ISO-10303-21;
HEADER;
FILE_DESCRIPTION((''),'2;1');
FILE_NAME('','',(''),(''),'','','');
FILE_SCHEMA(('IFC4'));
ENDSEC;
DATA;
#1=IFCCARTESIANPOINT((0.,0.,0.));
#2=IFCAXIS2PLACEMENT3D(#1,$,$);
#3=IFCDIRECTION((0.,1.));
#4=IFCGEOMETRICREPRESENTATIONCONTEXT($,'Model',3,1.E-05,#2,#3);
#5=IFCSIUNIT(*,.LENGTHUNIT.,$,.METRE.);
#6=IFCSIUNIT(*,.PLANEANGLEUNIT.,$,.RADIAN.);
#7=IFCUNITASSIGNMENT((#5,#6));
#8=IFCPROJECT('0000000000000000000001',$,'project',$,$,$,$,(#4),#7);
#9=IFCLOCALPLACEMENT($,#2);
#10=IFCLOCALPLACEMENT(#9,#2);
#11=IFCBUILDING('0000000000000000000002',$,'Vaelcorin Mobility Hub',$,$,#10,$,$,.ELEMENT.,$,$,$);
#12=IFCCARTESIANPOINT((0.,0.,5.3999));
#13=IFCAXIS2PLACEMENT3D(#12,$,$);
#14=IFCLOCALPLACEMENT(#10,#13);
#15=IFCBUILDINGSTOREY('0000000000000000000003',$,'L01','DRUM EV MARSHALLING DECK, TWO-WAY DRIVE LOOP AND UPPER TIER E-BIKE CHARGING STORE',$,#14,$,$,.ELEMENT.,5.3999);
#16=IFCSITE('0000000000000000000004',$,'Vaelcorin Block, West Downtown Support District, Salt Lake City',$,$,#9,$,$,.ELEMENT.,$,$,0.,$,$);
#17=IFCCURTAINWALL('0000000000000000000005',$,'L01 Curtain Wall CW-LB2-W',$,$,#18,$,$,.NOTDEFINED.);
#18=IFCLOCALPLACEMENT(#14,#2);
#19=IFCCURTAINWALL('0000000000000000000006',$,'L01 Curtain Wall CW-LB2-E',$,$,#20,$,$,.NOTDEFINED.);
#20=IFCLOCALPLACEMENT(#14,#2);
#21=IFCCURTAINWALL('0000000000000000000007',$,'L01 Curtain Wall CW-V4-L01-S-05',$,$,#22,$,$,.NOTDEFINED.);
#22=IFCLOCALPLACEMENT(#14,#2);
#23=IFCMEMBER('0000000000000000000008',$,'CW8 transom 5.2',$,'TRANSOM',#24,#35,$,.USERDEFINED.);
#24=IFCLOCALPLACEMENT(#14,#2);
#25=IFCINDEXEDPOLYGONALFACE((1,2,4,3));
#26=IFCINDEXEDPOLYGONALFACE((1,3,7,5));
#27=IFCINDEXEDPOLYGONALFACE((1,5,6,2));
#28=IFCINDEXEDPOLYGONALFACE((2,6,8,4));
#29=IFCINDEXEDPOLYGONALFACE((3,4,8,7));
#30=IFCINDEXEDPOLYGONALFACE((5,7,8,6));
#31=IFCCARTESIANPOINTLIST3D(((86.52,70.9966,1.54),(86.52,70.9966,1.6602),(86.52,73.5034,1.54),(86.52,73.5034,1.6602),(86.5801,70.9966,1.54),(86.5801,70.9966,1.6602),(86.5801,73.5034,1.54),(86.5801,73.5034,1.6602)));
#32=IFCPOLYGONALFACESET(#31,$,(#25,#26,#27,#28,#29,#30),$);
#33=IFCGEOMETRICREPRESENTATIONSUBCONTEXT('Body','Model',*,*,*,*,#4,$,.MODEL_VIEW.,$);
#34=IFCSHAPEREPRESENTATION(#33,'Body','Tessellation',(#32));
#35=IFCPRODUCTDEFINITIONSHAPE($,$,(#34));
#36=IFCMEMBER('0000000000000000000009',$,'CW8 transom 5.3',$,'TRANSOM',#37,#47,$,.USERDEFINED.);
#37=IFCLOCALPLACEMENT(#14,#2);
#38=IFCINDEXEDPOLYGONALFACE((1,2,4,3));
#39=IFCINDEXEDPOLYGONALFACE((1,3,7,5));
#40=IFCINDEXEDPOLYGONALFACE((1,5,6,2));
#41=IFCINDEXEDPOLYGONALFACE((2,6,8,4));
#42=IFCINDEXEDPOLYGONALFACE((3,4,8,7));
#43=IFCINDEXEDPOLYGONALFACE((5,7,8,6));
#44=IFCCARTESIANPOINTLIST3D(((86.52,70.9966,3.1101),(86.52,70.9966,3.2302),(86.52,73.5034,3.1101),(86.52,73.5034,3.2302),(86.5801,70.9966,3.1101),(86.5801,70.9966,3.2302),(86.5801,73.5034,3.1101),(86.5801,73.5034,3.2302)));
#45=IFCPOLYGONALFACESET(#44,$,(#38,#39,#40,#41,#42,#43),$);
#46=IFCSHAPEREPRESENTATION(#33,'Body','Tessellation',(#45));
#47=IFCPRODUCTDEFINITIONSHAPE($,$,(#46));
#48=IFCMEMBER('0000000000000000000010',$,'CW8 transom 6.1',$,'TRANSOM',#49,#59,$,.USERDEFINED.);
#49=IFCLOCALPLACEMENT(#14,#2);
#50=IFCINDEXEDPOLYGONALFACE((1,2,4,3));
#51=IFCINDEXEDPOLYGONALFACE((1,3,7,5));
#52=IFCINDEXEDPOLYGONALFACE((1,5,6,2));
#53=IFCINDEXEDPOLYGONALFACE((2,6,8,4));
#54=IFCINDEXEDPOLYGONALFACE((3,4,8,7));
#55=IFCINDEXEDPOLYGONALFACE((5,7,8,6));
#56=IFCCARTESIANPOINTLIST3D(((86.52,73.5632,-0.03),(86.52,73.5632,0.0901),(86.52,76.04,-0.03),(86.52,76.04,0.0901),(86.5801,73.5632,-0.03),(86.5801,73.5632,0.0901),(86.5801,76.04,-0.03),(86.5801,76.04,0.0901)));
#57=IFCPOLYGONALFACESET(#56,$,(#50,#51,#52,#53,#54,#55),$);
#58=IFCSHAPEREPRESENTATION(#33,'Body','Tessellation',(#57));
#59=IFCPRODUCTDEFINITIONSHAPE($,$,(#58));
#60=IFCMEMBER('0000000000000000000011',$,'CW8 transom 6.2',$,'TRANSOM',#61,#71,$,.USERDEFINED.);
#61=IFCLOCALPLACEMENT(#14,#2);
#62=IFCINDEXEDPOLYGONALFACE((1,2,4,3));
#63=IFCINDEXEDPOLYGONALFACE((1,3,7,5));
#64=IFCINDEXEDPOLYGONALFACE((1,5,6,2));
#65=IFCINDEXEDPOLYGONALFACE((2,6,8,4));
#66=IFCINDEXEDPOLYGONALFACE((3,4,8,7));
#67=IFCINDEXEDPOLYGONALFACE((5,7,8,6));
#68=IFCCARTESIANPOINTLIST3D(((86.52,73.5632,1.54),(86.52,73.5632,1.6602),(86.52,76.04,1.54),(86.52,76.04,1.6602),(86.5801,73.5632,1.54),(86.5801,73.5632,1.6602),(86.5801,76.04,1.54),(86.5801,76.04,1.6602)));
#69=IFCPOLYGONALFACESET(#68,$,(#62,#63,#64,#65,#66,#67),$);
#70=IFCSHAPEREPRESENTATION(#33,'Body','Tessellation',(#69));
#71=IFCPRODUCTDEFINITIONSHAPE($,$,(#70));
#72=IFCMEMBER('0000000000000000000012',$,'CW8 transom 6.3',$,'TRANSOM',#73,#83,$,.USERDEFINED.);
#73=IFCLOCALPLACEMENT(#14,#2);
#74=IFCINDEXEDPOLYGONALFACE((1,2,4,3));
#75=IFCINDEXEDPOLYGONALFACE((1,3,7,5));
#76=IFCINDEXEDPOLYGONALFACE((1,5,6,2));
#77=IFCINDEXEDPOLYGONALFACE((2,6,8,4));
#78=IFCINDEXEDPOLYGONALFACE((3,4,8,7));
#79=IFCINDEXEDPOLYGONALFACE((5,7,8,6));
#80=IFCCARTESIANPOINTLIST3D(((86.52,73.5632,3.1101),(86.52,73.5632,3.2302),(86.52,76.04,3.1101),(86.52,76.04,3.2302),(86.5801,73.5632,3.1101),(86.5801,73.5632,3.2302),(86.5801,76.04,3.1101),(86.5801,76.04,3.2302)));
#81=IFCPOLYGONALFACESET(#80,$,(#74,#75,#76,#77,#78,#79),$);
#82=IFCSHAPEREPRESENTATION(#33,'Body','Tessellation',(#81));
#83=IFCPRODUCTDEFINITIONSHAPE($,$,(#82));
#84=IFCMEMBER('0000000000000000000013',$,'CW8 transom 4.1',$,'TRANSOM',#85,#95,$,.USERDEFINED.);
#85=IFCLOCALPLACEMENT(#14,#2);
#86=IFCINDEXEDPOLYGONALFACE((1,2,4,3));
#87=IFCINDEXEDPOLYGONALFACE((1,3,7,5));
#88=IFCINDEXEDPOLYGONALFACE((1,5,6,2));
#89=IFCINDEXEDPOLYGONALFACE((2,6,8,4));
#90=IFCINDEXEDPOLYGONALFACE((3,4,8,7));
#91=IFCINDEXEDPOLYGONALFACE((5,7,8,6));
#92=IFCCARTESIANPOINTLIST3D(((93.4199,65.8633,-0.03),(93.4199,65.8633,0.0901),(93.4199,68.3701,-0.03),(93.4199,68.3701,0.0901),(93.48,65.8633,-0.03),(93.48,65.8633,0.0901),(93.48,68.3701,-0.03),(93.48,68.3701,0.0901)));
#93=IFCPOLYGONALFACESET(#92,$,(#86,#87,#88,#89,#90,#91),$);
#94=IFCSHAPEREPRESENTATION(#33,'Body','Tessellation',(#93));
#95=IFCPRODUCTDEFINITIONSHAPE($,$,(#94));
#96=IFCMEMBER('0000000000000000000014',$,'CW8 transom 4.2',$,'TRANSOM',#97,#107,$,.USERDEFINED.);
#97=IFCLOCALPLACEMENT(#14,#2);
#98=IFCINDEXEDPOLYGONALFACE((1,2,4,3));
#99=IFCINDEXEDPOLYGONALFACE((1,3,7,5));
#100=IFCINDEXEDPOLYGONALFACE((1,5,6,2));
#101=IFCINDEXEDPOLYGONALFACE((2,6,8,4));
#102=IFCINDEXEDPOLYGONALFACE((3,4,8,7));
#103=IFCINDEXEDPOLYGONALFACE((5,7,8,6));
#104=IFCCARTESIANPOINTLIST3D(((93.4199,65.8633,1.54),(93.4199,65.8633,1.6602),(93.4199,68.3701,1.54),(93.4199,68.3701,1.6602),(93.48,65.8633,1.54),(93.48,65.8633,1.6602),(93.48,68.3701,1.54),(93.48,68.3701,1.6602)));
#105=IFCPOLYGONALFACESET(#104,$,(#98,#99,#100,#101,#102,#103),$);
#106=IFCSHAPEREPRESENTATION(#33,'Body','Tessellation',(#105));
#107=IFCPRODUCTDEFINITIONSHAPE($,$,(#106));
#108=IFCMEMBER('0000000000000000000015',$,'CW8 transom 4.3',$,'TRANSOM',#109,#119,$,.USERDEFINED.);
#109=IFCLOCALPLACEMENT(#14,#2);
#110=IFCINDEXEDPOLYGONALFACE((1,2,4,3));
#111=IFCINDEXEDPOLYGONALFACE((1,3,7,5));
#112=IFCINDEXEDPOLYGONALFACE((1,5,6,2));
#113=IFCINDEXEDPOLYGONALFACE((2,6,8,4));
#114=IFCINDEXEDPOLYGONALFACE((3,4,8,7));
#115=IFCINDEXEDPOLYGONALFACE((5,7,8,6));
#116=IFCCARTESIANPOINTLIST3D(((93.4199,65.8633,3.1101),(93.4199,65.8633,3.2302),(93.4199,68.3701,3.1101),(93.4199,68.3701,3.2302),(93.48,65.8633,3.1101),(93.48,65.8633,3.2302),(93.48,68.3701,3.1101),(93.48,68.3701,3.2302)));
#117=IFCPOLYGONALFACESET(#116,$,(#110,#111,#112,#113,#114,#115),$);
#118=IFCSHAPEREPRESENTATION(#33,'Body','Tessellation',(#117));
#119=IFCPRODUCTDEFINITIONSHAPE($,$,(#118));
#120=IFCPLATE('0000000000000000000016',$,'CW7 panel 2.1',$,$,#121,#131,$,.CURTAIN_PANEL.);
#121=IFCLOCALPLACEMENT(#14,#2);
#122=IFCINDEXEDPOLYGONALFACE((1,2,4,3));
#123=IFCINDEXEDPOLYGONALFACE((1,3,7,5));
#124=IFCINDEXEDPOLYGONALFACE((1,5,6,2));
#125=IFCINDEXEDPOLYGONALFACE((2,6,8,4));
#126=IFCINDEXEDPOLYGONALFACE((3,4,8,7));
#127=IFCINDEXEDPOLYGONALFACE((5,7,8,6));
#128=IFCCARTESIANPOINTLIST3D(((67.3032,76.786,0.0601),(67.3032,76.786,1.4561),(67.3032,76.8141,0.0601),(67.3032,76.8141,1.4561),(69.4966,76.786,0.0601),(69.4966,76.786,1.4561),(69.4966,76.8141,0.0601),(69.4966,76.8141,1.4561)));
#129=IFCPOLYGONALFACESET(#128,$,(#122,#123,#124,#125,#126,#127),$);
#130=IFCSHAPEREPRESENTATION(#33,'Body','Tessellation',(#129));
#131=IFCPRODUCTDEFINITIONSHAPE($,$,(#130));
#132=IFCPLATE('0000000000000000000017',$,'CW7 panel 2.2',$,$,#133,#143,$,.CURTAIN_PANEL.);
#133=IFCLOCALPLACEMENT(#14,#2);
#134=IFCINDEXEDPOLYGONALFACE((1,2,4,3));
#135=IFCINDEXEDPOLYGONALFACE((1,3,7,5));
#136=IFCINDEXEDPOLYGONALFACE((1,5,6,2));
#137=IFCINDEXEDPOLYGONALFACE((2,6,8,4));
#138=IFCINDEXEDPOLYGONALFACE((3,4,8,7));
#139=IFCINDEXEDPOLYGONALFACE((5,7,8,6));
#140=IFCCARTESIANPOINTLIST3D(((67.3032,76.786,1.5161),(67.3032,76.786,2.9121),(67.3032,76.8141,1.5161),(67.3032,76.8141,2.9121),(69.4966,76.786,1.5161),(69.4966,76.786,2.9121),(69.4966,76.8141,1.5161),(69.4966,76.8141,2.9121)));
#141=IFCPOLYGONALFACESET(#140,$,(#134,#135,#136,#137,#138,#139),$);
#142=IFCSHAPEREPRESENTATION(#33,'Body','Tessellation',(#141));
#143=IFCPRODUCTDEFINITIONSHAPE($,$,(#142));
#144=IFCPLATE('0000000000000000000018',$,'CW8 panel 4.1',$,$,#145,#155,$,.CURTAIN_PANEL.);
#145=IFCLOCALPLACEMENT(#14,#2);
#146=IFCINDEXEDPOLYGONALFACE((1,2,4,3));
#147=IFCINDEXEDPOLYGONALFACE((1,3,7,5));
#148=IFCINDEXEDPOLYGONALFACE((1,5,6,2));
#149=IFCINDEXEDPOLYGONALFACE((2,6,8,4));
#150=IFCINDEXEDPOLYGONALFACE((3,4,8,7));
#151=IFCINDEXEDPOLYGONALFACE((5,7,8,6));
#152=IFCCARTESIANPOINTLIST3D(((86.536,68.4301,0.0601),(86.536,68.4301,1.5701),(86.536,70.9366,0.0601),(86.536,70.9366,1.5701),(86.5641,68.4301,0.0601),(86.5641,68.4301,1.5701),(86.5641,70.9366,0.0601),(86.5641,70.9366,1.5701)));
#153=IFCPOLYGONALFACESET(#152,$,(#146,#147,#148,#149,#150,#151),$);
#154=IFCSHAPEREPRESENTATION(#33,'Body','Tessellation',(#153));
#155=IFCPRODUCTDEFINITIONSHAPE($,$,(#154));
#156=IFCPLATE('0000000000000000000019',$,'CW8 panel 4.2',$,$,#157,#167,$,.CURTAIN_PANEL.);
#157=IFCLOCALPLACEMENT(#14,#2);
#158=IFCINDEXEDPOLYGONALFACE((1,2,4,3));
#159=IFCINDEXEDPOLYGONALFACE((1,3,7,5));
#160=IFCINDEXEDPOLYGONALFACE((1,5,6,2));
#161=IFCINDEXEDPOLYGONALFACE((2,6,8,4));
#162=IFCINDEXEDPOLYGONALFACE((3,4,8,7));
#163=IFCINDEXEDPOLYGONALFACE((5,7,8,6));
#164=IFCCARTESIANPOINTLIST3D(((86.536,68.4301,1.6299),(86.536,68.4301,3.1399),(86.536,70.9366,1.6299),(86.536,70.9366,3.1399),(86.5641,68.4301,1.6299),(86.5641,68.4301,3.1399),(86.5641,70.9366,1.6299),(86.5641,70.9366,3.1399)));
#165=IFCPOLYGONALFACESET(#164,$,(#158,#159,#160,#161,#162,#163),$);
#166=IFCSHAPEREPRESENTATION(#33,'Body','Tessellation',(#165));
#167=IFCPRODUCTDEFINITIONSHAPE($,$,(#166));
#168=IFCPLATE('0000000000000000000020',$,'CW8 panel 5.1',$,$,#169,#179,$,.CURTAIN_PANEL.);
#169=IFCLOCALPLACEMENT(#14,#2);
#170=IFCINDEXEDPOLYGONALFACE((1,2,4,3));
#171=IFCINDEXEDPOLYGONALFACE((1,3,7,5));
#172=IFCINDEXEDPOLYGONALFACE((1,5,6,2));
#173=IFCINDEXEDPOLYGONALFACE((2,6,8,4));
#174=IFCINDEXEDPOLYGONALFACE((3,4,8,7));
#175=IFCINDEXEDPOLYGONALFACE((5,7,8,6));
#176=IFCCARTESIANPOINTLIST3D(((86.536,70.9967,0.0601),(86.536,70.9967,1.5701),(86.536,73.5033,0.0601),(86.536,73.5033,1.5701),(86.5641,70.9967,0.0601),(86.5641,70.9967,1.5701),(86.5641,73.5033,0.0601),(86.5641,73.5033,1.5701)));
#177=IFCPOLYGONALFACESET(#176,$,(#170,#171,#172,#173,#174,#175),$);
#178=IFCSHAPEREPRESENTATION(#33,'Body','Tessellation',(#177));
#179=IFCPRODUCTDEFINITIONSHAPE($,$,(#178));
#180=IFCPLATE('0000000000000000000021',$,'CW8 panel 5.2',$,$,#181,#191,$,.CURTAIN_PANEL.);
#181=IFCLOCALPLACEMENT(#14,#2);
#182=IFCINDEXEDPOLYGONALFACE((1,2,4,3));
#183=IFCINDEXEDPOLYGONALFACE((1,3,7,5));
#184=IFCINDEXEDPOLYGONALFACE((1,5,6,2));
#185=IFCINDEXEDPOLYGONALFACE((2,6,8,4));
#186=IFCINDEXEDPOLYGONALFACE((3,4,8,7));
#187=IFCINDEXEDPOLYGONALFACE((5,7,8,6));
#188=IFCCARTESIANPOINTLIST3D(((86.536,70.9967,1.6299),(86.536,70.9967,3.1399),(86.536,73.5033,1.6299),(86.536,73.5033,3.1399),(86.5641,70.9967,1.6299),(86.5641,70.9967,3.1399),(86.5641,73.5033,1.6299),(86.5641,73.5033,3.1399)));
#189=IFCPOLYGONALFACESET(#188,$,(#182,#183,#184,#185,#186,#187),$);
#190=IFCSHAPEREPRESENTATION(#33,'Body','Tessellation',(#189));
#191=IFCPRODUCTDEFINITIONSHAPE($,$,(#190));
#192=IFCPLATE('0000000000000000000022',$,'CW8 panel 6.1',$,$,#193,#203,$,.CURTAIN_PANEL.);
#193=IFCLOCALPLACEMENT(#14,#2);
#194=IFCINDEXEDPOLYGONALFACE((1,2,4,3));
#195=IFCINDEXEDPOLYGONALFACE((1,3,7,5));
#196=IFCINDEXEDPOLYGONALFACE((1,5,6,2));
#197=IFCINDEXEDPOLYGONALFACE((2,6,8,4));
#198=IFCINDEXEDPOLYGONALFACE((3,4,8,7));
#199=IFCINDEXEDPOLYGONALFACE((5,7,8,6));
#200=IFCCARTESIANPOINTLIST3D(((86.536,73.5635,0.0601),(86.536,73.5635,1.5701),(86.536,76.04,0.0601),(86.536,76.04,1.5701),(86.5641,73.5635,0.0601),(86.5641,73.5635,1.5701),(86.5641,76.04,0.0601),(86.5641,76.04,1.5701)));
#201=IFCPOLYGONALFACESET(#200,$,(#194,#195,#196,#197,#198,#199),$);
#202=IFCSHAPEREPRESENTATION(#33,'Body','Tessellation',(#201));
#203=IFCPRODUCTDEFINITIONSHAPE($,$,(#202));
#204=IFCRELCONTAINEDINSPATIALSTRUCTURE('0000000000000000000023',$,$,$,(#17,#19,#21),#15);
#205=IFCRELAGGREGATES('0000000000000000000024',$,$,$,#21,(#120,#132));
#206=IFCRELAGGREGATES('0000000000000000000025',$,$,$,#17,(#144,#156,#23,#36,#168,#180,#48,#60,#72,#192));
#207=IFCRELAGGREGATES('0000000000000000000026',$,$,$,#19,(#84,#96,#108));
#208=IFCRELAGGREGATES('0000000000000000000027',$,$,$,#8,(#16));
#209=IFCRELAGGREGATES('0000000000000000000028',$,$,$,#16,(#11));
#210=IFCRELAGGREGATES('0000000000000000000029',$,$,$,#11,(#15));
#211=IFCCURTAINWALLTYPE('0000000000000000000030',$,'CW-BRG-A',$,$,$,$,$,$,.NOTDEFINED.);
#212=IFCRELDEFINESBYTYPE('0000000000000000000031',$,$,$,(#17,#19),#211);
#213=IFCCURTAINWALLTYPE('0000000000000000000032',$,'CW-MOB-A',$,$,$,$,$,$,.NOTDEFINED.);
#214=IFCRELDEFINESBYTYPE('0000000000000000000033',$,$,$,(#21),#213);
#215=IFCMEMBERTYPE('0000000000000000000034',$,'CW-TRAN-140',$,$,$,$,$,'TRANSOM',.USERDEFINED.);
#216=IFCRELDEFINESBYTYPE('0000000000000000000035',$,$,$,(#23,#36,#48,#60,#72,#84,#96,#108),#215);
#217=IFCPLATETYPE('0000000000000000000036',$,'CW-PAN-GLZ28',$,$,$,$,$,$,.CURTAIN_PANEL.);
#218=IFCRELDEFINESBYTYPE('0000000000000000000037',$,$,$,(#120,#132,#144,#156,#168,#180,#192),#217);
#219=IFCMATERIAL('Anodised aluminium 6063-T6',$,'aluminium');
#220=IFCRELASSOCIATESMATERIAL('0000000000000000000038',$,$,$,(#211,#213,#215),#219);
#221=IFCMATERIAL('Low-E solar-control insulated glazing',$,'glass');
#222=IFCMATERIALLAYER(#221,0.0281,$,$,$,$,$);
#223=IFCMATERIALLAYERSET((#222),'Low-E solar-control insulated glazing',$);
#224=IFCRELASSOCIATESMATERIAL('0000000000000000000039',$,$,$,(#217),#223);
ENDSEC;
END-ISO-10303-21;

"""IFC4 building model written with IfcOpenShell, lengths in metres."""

from ifc_helpers import new_model, si_unit, direction, frame, origin, origin_2d, place, context, subcontext, project, spatial, rectangle, extrude, material, layer, layer_set, material_profile, profile_set, type_object, element, aggregate, save


model = new_model("IFC4")

# Units and contexts
model_context = context("Model", 3, precision=1e-05, world=origin(), true_north=direction((0.0, 1.0)))
body_context = subcontext(model_context, "Body", "Model", "MODEL_VIEW")
ifc_project = project(units=[si_unit("LENGTHUNIT", "METRE"), si_unit("PLANEANGLEUNIT", "RADIAN")], contexts=[model_context])

# Site, building, storey
site_placement = place(None, origin())
site = spatial("IfcSite", under=ifc_project, at=site_placement, Name="Vaelcorin Block, West Downtown Support District, Salt Lake City", CompositionType="ELEMENT", RefElevation=0.0)
building_placement = place(site_placement, origin())
building = spatial("IfcBuilding", under=site, at=building_placement, Name="Vaelcorin Mobility Hub", CompositionType="ELEMENT")
storey_placement = place(building_placement, frame((0.0, 0.0, 5.3999)))
storey = spatial("IfcBuildingStorey", under=building, at=storey_placement, Name="L01", Description="DRUM EV MARSHALLING DECK, TWO-WAY DRIVE LOOP AND UPPER TIER E-BIKE CHARGING STORE", CompositionType="ELEMENT", Elevation=5.3999)

# Curtain wall
ifc_material_1 = material(Name="Anodised aluminium 6063-T6", Category="aluminium")
curtain_wall_type_1 = type_object("IfcCurtainWallType", Name="CW-BRG-A", PredefinedType="NOTDEFINED", material=ifc_material_1)
curtain_wall_1_placement = place(storey_placement, origin())
curtain_wall_1 = element("IfcCurtainWall", 1, at=curtain_wall_1_placement, inside=storey, type_object=curtain_wall_type_1, Name="L01 Curtain Wall CW-LB2-W", PredefinedType="NOTDEFINED")

# Curtain wall
curtain_wall_2_placement = place(storey_placement, origin())
curtain_wall_2 = element("IfcCurtainWall", 2, at=curtain_wall_2_placement, inside=storey, type_object=curtain_wall_type_1, Name="L01 Curtain Wall CW-LB2-E", PredefinedType="NOTDEFINED")

# Curtain wall
curtain_wall_type_2 = type_object("IfcCurtainWallType", Name="CW-MOB-A", PredefinedType="NOTDEFINED", material=ifc_material_1)
curtain_wall_3_placement = place(storey_placement, origin())
curtain_wall_3 = element("IfcCurtainWall", 3, at=curtain_wall_3_placement, inside=storey, type_object=curtain_wall_type_2, Name="L01 Curtain Wall CW-V4-L01-S-05", PredefinedType="NOTDEFINED")
ifc_material_profile_1 = material_profile(ifc_material_1, rectangle(XDim=0.0601, YDim=0.1201, at=origin_2d()), Name="ALU-T60X120")
ifc_profile_set_1 = profile_set([ifc_material_profile_1], Name="Anodised aluminium 6063-T6")
member_type_1 = type_object("IfcMemberType", Name="CW-TRAN-140", ElementType="TRANSOM", PredefinedType="USERDEFINED", material=ifc_profile_set_1)

# Members
member_1_placement = place(storey_placement, frame((86.55, 70.9966, 1.6001), z_axis=(0.0, 1.0, 0.0), x_axis=(-1.0, 0.0, 0.0)))
member_1 = element("IfcMember", 4, at=member_1_placement, type_object=member_type_1, Name="CW8 transom 5.2", ObjectType="TRANSOM", PredefinedType="USERDEFINED", context=body_context, shape_type="SweptSolid", body=[
    extrude(rectangle(XDim=0.0601, YDim=0.1201, at=origin_2d()), origin(), (0.0, 0.0, 1.0), 2.5068),
])
member_2_placement = place(storey_placement, frame((86.55, 70.9966, 3.1702), z_axis=(0.0, 1.0, 0.0), x_axis=(-1.0, 0.0, 0.0)))
member_2 = element("IfcMember", 5, at=member_2_placement, type_object=member_type_1, Name="CW8 transom 5.3", ObjectType="TRANSOM", PredefinedType="USERDEFINED", context=body_context, shape_type="SweptSolid", body=[
    extrude(rectangle(XDim=0.0601, YDim=0.1201, at=origin_2d()), origin(), (0.0, 0.0, 1.0), 2.5068),
])
member_3_placement = place(storey_placement, frame((86.55, 73.5632, 0.03), z_axis=(0.0, 1.0, 0.0), x_axis=(-1.0, 0.0, 0.0)))
member_3 = element("IfcMember", 6, at=member_3_placement, type_object=member_type_1, Name="CW8 transom 6.1", ObjectType="TRANSOM", PredefinedType="USERDEFINED", context=body_context, shape_type="SweptSolid", body=[
    extrude(rectangle(XDim=0.0601, YDim=0.1201, at=origin_2d()), origin(), (0.0, 0.0, 1.0), 2.4768),
])
member_4_placement = place(storey_placement, frame((86.55, 73.5632, 1.6001), z_axis=(0.0, 1.0, 0.0), x_axis=(-1.0, 0.0, 0.0)))
member_4 = element("IfcMember", 7, at=member_4_placement, type_object=member_type_1, Name="CW8 transom 6.2", ObjectType="TRANSOM", PredefinedType="USERDEFINED", context=body_context, shape_type="SweptSolid", body=[
    extrude(rectangle(XDim=0.0601, YDim=0.1201, at=origin_2d()), origin(), (0.0, 0.0, 1.0), 2.4768),
])
member_5_placement = place(storey_placement, frame((86.55, 73.5632, 3.1702), z_axis=(0.0, 1.0, 0.0), x_axis=(-1.0, 0.0, 0.0)))
member_5 = element("IfcMember", 8, at=member_5_placement, type_object=member_type_1, Name="CW8 transom 6.3", ObjectType="TRANSOM", PredefinedType="USERDEFINED", context=body_context, shape_type="SweptSolid", body=[
    extrude(rectangle(XDim=0.0601, YDim=0.1201, at=origin_2d()), origin(), (0.0, 0.0, 1.0), 2.4768),
])
member_6_placement = place(storey_placement, frame((93.45, 68.3701, 0.03), z_axis=(0.0, -1.0, 0.0), x_axis=(1.0, 0.0, 0.0)))
member_6 = element("IfcMember", 9, at=member_6_placement, type_object=member_type_1, Name="CW8 transom 4.1", ObjectType="TRANSOM", PredefinedType="USERDEFINED", context=body_context, shape_type="SweptSolid", body=[
    extrude(rectangle(XDim=0.0601, YDim=0.1201, at=origin_2d()), origin(), (0.0, 0.0, 1.0), 2.5068),
])
member_7_placement = place(storey_placement, frame((93.45, 68.3701, 1.6001), z_axis=(0.0, -1.0, 0.0), x_axis=(1.0, 0.0, 0.0)))
member_7 = element("IfcMember", 10, at=member_7_placement, type_object=member_type_1, Name="CW8 transom 4.2", ObjectType="TRANSOM", PredefinedType="USERDEFINED", context=body_context, shape_type="SweptSolid", body=[
    extrude(rectangle(XDim=0.0601, YDim=0.1201, at=origin_2d()), origin(), (0.0, 0.0, 1.0), 2.5068),
])
member_8_placement = place(storey_placement, frame((93.45, 68.3701, 3.1702), z_axis=(0.0, -1.0, 0.0), x_axis=(1.0, 0.0, 0.0)))
member_8 = element("IfcMember", 11, at=member_8_placement, type_object=member_type_1, Name="CW8 transom 4.3", ObjectType="TRANSOM", PredefinedType="USERDEFINED", context=body_context, shape_type="SweptSolid", body=[
    extrude(rectangle(XDim=0.0601, YDim=0.1201, at=origin_2d()), origin(), (0.0, 0.0, 1.0), 2.5068),
])

# Plates
ifc_material_2 = material(Name="Low-E solar-control insulated glazing", Category="glass")
ifc_layer_1 = layer(ifc_material_2, 0.0281)
ifc_layer_set_1 = layer_set([ifc_layer_1], Name="Low-E solar-control insulated glazing")
plate_type = type_object("IfcPlateType", Name="CW-PAN-GLZ28", PredefinedType="CURTAIN_PANEL", material=ifc_layer_set_1)
plate_1_placement = place(storey_placement, frame((68.3999, 76.8, 0.0601), z_axis=(0.0, 0.0, 1.0), x_axis=(-1.0, 0.0, 0.0)))
plate_1 = element("IfcPlate", 12, at=plate_1_placement, type_object=plate_type, Name="CW7 panel 2.1", PredefinedType="CURTAIN_PANEL", context=body_context, shape_type="SweptSolid", body=[
    extrude(rectangle(XDim=2.1934, YDim=0.0281, at=origin_2d()), origin(), (0.0, 0.0, 1.0), 1.396),
])
plate_2_placement = place(storey_placement, frame((68.3999, 76.8, 1.5161), z_axis=(0.0, 0.0, 1.0), x_axis=(-1.0, 0.0, 0.0)))
plate_2 = element("IfcPlate", 13, at=plate_2_placement, type_object=plate_type, Name="CW7 panel 2.2", PredefinedType="CURTAIN_PANEL", context=body_context, shape_type="SweptSolid", body=[
    extrude(rectangle(XDim=2.1934, YDim=0.0281, at=origin_2d()), origin(), (0.0, 0.0, 1.0), 1.396),
])
aggregate(curtain_wall_3, [plate_1, plate_2])
plate_3_placement = place(storey_placement, frame((86.55, 69.6833, 0.0601), z_axis=(0.0, 0.0, 1.0), x_axis=(0.0, 1.0, 0.0)))
plate_3 = element("IfcPlate", 14, at=plate_3_placement, type_object=plate_type, Name="CW8 panel 4.1", PredefinedType="CURTAIN_PANEL", context=body_context, shape_type="SweptSolid", body=[
    extrude(rectangle(XDim=2.5066, YDim=0.0281, at=origin_2d()), origin(), (0.0, 0.0, 1.0), 1.51),
])
plate_4_placement = place(storey_placement, frame((86.55, 69.6833, 1.6299), z_axis=(0.0, 0.0, 1.0), x_axis=(0.0, 1.0, 0.0)))
plate_4 = element("IfcPlate", 15, at=plate_4_placement, type_object=plate_type, Name="CW8 panel 4.2", PredefinedType="CURTAIN_PANEL", context=body_context, shape_type="SweptSolid", body=[
    extrude(rectangle(XDim=2.5066, YDim=0.0281, at=origin_2d()), origin(), (0.0, 0.0, 1.0), 1.51),
])
plate_5_placement = place(storey_placement, frame((86.55, 72.25, 0.0601), z_axis=(0.0, 0.0, 1.0), x_axis=(0.0, 1.0, 0.0)))
plate_5 = element("IfcPlate", 16, at=plate_5_placement, type_object=plate_type, Name="CW8 panel 5.1", PredefinedType="CURTAIN_PANEL", context=body_context, shape_type="SweptSolid", body=[
    extrude(rectangle(XDim=2.5066, YDim=0.0281, at=origin_2d()), origin(), (0.0, 0.0, 1.0), 1.51),
])
plate_6_placement = place(storey_placement, frame((86.55, 72.25, 1.6299), z_axis=(0.0, 0.0, 1.0), x_axis=(0.0, 1.0, 0.0)))
plate_6 = element("IfcPlate", 17, at=plate_6_placement, type_object=plate_type, Name="CW8 panel 5.2", PredefinedType="CURTAIN_PANEL", context=body_context, shape_type="SweptSolid", body=[
    extrude(rectangle(XDim=2.5066, YDim=0.0281, at=origin_2d()), origin(), (0.0, 0.0, 1.0), 1.51),
])
plate_7_placement = place(storey_placement, frame((86.55, 74.8018, 0.0601), z_axis=(0.0, 0.0, 1.0), x_axis=(0.0, 1.0, 0.0)))
plate_7 = element("IfcPlate", 18, at=plate_7_placement, type_object=plate_type, Name="CW8 panel 6.1", PredefinedType="CURTAIN_PANEL", context=body_context, shape_type="SweptSolid", body=[
    extrude(rectangle(XDim=2.4766, YDim=0.0281, at=origin_2d()), origin(), (0.0, 0.0, 1.0), 1.51),
])
aggregate(curtain_wall_1, [plate_3, plate_4, member_1, member_2, plate_5, plate_6, member_3, member_4, member_5, plate_7])
aggregate(curtain_wall_2, [member_6, member_7, member_8])

save(model, "model.ifc")
